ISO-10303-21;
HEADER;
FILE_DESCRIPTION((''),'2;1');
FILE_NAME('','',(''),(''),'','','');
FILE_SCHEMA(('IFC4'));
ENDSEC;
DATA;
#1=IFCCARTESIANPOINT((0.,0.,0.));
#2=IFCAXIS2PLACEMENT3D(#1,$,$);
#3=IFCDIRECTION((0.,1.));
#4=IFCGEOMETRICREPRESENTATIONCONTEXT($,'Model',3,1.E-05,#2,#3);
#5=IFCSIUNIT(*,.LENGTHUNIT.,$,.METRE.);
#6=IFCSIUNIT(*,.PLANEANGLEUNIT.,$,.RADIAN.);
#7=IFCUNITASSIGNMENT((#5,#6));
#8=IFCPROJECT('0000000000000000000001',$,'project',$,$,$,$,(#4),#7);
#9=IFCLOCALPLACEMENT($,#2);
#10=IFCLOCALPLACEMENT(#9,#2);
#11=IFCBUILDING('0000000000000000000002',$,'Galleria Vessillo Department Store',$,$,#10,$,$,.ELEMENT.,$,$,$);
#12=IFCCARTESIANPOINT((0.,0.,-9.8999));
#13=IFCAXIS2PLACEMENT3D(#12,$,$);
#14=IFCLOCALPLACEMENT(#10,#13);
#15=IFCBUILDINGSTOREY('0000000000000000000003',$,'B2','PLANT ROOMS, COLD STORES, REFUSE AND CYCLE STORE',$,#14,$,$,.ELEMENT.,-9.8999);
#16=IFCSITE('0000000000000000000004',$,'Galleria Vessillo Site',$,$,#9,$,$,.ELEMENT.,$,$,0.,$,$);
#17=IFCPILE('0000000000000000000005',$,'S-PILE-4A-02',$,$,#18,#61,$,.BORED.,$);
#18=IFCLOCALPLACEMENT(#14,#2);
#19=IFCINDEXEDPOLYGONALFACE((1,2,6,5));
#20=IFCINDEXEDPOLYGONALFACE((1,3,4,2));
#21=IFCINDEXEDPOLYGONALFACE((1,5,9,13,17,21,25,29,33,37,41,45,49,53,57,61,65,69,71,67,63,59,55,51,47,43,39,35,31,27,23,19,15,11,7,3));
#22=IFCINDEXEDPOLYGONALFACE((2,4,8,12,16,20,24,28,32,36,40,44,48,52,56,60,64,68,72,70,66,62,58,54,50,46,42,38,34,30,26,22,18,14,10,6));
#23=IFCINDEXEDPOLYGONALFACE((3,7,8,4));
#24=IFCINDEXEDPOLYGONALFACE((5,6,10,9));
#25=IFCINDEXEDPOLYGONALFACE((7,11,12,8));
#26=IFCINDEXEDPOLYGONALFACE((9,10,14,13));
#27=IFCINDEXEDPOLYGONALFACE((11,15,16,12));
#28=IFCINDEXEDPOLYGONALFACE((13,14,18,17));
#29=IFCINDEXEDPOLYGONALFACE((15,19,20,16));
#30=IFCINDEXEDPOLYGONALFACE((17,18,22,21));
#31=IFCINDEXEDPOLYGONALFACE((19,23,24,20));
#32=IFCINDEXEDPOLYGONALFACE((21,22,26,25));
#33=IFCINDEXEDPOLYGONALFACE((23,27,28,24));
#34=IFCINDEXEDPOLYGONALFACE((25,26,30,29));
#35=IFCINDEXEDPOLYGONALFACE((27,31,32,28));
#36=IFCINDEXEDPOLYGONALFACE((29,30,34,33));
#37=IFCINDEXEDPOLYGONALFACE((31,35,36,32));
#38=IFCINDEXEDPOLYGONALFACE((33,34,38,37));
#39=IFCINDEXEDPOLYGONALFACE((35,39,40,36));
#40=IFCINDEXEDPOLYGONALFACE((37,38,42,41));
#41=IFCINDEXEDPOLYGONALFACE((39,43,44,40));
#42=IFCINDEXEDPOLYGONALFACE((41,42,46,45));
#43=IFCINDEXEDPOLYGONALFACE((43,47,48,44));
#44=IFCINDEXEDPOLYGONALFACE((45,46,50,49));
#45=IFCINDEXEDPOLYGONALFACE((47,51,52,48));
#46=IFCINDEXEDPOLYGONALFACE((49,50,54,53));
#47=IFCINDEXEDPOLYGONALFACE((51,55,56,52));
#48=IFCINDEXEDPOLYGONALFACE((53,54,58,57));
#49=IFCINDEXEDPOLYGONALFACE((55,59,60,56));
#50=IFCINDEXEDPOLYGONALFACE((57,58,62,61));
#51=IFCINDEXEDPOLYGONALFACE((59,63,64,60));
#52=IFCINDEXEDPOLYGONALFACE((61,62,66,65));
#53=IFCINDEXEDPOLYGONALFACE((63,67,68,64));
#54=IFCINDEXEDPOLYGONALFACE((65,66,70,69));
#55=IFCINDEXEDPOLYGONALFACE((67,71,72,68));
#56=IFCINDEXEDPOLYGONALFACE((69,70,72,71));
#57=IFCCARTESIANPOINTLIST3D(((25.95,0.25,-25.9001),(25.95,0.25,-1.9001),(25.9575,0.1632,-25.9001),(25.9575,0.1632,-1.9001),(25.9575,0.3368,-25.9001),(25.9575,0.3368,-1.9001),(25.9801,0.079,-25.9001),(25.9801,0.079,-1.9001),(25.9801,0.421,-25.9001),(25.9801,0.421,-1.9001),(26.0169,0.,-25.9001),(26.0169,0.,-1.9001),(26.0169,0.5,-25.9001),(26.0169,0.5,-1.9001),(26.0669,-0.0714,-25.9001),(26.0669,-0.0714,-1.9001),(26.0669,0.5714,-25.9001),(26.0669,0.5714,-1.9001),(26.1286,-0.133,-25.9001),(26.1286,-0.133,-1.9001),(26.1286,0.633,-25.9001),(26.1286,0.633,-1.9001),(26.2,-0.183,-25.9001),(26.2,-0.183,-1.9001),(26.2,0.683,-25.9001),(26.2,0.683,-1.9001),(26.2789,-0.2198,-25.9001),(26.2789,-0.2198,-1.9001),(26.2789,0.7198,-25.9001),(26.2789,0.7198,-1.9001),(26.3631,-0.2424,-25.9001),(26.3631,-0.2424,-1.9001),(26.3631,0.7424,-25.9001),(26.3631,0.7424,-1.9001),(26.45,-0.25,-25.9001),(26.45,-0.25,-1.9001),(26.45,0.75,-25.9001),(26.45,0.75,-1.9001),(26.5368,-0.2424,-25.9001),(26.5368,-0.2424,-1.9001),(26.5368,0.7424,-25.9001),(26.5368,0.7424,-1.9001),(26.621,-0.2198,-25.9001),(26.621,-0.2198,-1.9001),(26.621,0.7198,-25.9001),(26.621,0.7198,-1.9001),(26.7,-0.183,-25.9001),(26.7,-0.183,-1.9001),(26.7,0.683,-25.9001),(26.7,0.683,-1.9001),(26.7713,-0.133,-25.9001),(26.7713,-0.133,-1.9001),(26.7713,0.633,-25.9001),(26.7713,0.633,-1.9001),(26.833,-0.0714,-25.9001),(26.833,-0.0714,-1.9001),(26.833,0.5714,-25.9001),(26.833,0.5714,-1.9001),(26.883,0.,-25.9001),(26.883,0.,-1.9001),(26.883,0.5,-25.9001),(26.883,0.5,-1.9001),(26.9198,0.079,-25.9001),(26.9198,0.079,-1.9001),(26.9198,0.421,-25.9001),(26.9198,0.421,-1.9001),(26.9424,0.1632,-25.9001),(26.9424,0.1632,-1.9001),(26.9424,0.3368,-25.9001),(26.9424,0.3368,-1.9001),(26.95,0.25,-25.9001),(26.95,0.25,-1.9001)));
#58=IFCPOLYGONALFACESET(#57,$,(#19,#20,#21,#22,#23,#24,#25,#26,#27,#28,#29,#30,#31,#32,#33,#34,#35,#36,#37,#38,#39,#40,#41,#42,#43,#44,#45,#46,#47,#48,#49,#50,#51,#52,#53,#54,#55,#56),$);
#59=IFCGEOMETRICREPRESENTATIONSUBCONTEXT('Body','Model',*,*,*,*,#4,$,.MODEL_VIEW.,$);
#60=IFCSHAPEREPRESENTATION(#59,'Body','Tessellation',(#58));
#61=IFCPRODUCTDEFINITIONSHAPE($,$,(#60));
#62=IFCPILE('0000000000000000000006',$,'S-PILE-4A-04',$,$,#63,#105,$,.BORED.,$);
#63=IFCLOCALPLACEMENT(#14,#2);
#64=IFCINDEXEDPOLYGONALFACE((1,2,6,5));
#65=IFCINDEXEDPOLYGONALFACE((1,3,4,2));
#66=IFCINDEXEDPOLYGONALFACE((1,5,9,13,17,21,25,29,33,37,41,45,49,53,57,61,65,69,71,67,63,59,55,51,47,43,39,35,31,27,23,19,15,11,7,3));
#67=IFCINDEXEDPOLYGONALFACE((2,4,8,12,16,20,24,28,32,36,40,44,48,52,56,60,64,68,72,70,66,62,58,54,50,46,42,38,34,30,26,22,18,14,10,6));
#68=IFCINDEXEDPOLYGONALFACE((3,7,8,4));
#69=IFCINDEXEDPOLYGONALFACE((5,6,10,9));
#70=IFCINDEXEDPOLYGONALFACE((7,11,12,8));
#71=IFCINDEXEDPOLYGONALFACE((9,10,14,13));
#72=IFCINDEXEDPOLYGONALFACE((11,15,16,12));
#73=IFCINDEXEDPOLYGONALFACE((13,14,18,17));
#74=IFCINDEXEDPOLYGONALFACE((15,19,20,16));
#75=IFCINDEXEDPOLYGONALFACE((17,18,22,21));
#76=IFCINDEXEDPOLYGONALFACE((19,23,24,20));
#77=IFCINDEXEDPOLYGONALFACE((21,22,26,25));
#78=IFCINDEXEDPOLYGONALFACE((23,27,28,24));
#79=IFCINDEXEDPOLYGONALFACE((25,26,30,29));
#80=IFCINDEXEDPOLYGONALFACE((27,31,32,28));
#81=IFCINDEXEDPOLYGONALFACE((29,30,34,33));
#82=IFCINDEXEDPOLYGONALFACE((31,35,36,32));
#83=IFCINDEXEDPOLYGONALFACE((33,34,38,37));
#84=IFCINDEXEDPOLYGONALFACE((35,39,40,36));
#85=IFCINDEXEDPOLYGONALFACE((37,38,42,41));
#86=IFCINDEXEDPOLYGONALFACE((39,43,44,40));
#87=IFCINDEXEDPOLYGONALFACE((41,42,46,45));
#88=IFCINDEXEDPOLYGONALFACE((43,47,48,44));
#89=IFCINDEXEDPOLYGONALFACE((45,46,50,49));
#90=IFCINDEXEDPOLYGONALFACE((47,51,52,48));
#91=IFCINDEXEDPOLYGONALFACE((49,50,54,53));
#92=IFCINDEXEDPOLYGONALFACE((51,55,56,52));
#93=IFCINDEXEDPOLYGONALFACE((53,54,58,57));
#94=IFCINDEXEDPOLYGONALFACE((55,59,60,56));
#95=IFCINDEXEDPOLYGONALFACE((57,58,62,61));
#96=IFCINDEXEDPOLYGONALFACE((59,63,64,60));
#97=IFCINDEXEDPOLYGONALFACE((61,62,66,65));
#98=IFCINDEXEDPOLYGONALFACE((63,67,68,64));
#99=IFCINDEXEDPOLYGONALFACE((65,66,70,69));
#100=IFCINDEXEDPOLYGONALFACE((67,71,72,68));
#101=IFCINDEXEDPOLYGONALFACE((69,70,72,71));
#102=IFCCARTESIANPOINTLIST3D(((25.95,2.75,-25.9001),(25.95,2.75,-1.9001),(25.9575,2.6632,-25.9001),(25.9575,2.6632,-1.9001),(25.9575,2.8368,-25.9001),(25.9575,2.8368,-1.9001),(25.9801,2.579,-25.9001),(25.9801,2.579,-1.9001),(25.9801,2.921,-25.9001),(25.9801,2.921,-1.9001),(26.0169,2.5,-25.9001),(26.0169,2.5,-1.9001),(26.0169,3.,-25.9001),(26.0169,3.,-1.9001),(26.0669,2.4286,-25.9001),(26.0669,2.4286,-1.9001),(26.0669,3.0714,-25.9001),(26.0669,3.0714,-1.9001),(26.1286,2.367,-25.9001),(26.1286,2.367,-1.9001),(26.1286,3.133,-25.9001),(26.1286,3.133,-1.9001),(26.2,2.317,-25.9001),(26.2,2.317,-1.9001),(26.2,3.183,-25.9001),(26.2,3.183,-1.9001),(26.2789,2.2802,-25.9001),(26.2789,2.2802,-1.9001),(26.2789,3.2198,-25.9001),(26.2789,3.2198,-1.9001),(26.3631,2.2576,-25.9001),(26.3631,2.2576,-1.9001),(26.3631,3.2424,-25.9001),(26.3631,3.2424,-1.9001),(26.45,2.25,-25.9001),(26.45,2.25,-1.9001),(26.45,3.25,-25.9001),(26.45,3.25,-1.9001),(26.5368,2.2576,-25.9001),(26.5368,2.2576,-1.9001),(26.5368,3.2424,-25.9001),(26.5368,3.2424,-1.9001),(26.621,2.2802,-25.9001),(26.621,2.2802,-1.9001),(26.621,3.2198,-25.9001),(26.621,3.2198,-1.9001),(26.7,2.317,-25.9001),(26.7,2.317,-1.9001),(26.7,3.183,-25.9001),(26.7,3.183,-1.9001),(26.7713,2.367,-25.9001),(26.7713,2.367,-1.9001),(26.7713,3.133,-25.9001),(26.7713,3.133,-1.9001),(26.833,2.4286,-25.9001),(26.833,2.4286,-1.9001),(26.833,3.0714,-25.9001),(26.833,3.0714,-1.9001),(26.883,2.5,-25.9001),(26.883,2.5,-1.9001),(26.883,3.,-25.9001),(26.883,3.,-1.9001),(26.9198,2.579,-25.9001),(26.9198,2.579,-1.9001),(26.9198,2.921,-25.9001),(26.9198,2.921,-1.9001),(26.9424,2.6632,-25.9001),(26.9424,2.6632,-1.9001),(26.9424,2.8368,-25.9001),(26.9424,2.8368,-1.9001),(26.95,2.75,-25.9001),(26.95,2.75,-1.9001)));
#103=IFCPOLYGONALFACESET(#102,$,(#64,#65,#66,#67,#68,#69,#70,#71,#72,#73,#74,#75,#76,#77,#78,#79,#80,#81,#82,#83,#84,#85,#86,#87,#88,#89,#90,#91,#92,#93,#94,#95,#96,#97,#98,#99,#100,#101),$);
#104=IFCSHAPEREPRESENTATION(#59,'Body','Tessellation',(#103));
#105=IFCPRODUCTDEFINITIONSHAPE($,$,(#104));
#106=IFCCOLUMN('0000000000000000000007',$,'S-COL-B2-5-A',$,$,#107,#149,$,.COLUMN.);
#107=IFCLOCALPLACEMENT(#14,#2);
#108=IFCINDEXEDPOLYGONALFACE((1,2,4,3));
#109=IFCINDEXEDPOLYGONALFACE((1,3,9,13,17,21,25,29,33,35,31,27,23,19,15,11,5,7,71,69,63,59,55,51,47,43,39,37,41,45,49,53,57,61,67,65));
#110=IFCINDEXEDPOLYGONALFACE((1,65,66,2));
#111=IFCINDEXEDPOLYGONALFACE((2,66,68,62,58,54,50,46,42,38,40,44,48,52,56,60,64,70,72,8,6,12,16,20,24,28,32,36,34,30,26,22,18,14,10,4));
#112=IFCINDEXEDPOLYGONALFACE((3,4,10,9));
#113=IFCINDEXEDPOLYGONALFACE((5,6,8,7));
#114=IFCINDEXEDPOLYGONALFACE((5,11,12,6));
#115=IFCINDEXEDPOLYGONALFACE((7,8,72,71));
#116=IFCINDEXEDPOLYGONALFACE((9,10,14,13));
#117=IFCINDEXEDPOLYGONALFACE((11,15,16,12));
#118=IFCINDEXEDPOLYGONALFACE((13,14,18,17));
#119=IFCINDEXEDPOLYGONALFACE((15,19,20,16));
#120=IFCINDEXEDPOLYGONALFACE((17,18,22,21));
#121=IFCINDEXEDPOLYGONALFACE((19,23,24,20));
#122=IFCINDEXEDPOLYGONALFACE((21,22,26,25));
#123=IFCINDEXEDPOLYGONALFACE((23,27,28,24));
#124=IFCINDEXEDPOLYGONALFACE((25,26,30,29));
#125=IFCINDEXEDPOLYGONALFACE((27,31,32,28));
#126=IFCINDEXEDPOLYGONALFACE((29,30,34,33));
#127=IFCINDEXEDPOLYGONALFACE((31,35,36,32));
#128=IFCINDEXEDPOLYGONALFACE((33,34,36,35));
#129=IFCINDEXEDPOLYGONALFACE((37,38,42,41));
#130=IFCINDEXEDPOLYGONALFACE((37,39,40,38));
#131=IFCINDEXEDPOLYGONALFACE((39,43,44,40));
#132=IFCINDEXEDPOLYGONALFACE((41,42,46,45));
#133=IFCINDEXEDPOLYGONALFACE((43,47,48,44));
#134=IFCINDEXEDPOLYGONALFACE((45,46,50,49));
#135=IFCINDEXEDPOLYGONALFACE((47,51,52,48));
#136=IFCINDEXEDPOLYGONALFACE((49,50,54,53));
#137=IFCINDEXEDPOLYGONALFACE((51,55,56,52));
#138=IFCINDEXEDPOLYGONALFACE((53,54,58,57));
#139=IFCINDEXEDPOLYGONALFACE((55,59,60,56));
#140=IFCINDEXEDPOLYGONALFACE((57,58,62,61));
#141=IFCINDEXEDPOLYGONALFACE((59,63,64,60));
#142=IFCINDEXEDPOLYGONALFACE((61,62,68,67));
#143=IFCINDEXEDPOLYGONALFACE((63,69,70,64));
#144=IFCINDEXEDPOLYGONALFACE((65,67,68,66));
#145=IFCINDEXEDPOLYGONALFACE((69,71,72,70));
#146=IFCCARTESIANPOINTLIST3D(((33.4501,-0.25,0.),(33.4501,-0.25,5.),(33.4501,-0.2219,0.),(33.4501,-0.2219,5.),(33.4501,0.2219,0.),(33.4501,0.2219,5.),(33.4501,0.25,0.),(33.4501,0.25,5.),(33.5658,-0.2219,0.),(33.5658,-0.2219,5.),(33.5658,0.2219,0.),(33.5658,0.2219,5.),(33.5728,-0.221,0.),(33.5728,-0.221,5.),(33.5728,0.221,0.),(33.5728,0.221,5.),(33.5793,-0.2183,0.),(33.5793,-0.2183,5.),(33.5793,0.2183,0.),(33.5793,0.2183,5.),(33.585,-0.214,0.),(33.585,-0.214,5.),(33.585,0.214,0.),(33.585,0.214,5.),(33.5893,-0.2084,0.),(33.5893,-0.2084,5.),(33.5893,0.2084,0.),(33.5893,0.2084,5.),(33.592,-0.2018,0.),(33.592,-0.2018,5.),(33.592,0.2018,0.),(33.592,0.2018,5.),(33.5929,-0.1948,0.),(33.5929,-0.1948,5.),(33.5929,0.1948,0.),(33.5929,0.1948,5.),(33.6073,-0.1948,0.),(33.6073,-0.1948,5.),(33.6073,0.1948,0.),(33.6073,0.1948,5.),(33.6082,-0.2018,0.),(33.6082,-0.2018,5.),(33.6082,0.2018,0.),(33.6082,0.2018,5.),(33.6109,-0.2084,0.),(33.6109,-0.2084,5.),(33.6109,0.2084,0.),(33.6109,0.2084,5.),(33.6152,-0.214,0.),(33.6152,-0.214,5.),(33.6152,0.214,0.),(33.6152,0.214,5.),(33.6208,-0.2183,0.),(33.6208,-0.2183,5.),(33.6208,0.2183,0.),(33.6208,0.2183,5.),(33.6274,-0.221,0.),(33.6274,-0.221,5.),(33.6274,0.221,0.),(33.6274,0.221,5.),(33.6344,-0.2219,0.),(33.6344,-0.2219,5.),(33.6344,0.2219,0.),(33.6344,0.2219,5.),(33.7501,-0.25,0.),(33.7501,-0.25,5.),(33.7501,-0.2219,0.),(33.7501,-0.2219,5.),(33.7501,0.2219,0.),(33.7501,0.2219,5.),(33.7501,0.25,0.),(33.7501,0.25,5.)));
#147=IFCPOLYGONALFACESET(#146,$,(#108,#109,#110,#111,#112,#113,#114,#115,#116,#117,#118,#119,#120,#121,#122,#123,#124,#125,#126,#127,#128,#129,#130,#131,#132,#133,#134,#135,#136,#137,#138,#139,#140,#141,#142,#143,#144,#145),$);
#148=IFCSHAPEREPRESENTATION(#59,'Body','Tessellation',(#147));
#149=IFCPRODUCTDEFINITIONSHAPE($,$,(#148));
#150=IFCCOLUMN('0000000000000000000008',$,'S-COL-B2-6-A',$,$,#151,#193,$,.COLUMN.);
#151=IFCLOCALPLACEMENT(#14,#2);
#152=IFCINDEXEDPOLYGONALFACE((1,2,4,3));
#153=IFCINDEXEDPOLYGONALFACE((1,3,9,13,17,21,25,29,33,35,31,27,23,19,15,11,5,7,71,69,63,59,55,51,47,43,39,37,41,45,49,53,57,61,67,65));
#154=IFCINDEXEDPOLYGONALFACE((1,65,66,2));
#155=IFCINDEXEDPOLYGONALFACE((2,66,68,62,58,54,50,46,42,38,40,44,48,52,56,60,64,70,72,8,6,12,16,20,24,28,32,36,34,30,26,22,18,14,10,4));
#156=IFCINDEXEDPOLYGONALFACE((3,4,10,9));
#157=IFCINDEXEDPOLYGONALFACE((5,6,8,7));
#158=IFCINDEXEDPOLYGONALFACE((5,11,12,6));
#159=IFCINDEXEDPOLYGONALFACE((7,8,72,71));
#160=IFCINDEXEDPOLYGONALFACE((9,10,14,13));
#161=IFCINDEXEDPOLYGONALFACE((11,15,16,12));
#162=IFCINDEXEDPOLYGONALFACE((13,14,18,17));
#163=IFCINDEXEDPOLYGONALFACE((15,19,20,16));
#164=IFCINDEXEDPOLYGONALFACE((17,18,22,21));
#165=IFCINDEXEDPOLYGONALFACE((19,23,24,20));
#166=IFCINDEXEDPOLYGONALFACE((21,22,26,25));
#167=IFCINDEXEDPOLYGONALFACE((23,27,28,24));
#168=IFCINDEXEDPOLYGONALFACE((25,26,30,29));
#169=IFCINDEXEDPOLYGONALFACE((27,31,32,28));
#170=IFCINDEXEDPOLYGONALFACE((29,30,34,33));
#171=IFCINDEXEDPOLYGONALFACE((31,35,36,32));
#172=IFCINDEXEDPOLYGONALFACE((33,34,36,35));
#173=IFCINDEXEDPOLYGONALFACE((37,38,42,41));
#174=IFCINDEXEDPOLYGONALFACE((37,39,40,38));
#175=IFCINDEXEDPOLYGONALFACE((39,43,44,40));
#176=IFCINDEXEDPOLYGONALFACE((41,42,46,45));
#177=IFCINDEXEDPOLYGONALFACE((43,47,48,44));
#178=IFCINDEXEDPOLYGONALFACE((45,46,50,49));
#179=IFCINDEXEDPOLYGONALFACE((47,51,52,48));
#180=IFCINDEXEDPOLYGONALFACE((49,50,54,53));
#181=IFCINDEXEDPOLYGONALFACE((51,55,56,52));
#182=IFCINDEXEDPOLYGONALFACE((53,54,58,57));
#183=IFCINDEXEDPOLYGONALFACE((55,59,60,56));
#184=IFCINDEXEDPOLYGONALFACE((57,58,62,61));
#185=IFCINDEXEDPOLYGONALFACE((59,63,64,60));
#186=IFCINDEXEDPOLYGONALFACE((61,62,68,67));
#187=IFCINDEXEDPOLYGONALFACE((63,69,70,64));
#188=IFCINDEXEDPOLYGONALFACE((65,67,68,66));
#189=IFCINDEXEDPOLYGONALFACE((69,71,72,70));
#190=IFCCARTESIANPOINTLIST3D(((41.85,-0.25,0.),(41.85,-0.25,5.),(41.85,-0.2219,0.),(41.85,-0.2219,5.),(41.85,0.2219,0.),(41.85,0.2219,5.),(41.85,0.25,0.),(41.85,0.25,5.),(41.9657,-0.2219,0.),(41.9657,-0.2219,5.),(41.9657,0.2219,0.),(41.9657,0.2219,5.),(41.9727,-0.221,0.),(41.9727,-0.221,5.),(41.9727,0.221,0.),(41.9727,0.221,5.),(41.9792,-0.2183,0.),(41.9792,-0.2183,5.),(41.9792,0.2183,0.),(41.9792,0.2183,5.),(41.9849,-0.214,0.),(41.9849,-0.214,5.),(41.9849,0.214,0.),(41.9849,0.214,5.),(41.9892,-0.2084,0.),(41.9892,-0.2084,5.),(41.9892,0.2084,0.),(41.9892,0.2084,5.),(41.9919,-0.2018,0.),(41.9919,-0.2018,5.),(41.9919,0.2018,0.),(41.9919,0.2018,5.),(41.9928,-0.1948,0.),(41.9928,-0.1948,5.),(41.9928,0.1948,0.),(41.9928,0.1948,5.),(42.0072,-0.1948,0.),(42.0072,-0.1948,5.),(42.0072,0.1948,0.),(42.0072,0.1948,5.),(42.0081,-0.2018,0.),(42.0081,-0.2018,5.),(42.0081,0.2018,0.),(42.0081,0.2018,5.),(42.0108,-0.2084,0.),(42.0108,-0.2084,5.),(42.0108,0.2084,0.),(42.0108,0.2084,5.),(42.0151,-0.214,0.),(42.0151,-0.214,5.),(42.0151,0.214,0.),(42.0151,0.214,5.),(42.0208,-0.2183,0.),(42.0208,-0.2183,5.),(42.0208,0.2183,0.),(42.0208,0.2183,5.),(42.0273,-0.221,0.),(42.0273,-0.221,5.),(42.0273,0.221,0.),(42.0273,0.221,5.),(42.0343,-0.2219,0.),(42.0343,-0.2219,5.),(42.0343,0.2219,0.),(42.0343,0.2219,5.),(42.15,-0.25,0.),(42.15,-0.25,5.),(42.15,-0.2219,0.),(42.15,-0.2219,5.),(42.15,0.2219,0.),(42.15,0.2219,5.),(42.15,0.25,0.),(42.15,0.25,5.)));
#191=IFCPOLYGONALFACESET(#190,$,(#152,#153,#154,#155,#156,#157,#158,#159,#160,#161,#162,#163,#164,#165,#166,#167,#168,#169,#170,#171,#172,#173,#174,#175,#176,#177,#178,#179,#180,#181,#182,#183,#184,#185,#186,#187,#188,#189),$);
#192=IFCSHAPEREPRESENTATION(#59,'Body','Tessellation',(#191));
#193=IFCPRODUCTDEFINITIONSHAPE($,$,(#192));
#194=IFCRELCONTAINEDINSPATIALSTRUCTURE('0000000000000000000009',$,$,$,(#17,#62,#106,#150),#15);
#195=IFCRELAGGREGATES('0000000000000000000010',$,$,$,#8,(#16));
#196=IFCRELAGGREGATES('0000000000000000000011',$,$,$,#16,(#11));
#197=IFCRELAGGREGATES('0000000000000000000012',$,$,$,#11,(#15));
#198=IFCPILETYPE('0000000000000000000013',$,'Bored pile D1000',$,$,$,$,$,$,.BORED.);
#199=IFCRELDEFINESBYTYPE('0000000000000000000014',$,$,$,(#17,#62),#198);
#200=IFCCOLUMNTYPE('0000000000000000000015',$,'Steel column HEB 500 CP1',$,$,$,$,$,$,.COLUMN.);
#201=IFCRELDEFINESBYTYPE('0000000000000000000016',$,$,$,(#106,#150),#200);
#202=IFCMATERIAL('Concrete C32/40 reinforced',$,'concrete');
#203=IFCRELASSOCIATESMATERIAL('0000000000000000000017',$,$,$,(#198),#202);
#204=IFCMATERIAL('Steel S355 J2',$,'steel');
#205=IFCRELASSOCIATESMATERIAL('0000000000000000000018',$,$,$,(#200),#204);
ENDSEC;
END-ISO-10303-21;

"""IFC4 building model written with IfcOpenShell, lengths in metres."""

from ifc_helpers import new_model, si_unit, direction, frame, origin, origin_2d, place, context, subcontext, project, spatial, circle, i_section, extrude, material, material_profile, profile_set, type_object, element, save


model = new_model("IFC4")

# Units and contexts
model_context = context("Model", 3, precision=1e-05, world=origin(), true_north=direction((0.0, 1.0)))
body_context = subcontext(model_context, "Body", "Model", "MODEL_VIEW")
ifc_project = project(units=[si_unit("LENGTHUNIT", "METRE"), si_unit("PLANEANGLEUNIT", "RADIAN")], contexts=[model_context])

# Site, building, storey
site_placement = place(None, origin())
site = spatial("IfcSite", under=ifc_project, at=site_placement, Name="Galleria Vessillo Site", CompositionType="ELEMENT", RefElevation=0.0)
building_placement = place(site_placement, origin())
building = spatial("IfcBuilding", under=site, at=building_placement, Name="Galleria Vessillo Department Store", CompositionType="ELEMENT")
storey_placement = place(building_placement, frame((0.0, 0.0, -9.8999)))
storey = spatial("IfcBuildingStorey", under=building, at=storey_placement, Name="B2", Description="PLANT ROOMS, COLD STORES, REFUSE AND CYCLE STORE", CompositionType="ELEMENT", Elevation=-9.8999)

# Piles
ifc_material_1 = material(Name="Concrete C32/40 reinforced", Category="concrete")
ifc_material_profile_1 = material_profile(ifc_material_1, circle(Radius=0.5, at=origin_2d()), Name="Bored pile D1000")
ifc_profile_set_1 = profile_set([ifc_material_profile_1], Name="Concrete C32/40 reinforced")
pile_type = type_object("IfcPileType", Name="Bored pile D1000", PredefinedType="BORED", material=ifc_profile_set_1)
for number, where, z_axis, x_axis, name in (
    (1, (26.45, 0.25, -1.9001), (0.0, 0.0, -1.0), (1.0, 0.0, 0.0), "S-PILE-4A-02"),
    (2, (26.45, 2.75, -1.9001), (0.0, 0.0, -1.0), (1.0, 0.0, 0.0), "S-PILE-4A-04"),
):
    element("IfcPile", number, at=place(storey_placement, frame(where, z_axis=z_axis, x_axis=x_axis)), inside=storey, type_object=pile_type, Name=name, PredefinedType="BORED", context=body_context, shape_type="SweptSolid", body=[
        extrude(circle(Radius=0.5, at=origin_2d()), origin(), (0.0, 0.0, 1.0), 24.0),
    ])

# Columns
ifc_material_2 = material(Name="Steel S355 J2", Category="steel")
ifc_material_profile_2 = material_profile(ifc_material_2, i_section(OverallWidth=0.3, OverallDepth=0.5, WebThickness=0.0144, FlangeThickness=0.0281, FilletRadius=0.0271, at=origin_2d()), Name="HEB 500")
ifc_profile_set_2 = profile_set([ifc_material_profile_2], Name="Steel S355 J2")
column_type = type_object("IfcColumnType", Name="Steel column HEB 500 CP1", PredefinedType="COLUMN", material=ifc_profile_set_2)
for number, where, z_axis, x_axis, name in (
    (3, (33.6001, 0.0, 0.0), (0.0, 0.0, 1.0), (1.0, 0.0, 0.0), "S-COL-B2-5-A"),
    (4, (42.0, 0.0, 0.0), (0.0, 0.0, 1.0), (1.0, 0.0, 0.0), "S-COL-B2-6-A"),
):
    element("IfcColumn", number, at=place(storey_placement, frame(where, z_axis=z_axis, x_axis=x_axis)), inside=storey, type_object=column_type, Name=name, PredefinedType="COLUMN", context=body_context, shape_type="SweptSolid", body=[
        extrude(i_section(OverallWidth=0.3, OverallDepth=0.5, WebThickness=0.0144, FlangeThickness=0.0281, FilletRadius=0.0271, at=origin_2d()), origin(), (0.0, 0.0, 1.0), 5.0),
    ])

save(model, "model.ifc")
